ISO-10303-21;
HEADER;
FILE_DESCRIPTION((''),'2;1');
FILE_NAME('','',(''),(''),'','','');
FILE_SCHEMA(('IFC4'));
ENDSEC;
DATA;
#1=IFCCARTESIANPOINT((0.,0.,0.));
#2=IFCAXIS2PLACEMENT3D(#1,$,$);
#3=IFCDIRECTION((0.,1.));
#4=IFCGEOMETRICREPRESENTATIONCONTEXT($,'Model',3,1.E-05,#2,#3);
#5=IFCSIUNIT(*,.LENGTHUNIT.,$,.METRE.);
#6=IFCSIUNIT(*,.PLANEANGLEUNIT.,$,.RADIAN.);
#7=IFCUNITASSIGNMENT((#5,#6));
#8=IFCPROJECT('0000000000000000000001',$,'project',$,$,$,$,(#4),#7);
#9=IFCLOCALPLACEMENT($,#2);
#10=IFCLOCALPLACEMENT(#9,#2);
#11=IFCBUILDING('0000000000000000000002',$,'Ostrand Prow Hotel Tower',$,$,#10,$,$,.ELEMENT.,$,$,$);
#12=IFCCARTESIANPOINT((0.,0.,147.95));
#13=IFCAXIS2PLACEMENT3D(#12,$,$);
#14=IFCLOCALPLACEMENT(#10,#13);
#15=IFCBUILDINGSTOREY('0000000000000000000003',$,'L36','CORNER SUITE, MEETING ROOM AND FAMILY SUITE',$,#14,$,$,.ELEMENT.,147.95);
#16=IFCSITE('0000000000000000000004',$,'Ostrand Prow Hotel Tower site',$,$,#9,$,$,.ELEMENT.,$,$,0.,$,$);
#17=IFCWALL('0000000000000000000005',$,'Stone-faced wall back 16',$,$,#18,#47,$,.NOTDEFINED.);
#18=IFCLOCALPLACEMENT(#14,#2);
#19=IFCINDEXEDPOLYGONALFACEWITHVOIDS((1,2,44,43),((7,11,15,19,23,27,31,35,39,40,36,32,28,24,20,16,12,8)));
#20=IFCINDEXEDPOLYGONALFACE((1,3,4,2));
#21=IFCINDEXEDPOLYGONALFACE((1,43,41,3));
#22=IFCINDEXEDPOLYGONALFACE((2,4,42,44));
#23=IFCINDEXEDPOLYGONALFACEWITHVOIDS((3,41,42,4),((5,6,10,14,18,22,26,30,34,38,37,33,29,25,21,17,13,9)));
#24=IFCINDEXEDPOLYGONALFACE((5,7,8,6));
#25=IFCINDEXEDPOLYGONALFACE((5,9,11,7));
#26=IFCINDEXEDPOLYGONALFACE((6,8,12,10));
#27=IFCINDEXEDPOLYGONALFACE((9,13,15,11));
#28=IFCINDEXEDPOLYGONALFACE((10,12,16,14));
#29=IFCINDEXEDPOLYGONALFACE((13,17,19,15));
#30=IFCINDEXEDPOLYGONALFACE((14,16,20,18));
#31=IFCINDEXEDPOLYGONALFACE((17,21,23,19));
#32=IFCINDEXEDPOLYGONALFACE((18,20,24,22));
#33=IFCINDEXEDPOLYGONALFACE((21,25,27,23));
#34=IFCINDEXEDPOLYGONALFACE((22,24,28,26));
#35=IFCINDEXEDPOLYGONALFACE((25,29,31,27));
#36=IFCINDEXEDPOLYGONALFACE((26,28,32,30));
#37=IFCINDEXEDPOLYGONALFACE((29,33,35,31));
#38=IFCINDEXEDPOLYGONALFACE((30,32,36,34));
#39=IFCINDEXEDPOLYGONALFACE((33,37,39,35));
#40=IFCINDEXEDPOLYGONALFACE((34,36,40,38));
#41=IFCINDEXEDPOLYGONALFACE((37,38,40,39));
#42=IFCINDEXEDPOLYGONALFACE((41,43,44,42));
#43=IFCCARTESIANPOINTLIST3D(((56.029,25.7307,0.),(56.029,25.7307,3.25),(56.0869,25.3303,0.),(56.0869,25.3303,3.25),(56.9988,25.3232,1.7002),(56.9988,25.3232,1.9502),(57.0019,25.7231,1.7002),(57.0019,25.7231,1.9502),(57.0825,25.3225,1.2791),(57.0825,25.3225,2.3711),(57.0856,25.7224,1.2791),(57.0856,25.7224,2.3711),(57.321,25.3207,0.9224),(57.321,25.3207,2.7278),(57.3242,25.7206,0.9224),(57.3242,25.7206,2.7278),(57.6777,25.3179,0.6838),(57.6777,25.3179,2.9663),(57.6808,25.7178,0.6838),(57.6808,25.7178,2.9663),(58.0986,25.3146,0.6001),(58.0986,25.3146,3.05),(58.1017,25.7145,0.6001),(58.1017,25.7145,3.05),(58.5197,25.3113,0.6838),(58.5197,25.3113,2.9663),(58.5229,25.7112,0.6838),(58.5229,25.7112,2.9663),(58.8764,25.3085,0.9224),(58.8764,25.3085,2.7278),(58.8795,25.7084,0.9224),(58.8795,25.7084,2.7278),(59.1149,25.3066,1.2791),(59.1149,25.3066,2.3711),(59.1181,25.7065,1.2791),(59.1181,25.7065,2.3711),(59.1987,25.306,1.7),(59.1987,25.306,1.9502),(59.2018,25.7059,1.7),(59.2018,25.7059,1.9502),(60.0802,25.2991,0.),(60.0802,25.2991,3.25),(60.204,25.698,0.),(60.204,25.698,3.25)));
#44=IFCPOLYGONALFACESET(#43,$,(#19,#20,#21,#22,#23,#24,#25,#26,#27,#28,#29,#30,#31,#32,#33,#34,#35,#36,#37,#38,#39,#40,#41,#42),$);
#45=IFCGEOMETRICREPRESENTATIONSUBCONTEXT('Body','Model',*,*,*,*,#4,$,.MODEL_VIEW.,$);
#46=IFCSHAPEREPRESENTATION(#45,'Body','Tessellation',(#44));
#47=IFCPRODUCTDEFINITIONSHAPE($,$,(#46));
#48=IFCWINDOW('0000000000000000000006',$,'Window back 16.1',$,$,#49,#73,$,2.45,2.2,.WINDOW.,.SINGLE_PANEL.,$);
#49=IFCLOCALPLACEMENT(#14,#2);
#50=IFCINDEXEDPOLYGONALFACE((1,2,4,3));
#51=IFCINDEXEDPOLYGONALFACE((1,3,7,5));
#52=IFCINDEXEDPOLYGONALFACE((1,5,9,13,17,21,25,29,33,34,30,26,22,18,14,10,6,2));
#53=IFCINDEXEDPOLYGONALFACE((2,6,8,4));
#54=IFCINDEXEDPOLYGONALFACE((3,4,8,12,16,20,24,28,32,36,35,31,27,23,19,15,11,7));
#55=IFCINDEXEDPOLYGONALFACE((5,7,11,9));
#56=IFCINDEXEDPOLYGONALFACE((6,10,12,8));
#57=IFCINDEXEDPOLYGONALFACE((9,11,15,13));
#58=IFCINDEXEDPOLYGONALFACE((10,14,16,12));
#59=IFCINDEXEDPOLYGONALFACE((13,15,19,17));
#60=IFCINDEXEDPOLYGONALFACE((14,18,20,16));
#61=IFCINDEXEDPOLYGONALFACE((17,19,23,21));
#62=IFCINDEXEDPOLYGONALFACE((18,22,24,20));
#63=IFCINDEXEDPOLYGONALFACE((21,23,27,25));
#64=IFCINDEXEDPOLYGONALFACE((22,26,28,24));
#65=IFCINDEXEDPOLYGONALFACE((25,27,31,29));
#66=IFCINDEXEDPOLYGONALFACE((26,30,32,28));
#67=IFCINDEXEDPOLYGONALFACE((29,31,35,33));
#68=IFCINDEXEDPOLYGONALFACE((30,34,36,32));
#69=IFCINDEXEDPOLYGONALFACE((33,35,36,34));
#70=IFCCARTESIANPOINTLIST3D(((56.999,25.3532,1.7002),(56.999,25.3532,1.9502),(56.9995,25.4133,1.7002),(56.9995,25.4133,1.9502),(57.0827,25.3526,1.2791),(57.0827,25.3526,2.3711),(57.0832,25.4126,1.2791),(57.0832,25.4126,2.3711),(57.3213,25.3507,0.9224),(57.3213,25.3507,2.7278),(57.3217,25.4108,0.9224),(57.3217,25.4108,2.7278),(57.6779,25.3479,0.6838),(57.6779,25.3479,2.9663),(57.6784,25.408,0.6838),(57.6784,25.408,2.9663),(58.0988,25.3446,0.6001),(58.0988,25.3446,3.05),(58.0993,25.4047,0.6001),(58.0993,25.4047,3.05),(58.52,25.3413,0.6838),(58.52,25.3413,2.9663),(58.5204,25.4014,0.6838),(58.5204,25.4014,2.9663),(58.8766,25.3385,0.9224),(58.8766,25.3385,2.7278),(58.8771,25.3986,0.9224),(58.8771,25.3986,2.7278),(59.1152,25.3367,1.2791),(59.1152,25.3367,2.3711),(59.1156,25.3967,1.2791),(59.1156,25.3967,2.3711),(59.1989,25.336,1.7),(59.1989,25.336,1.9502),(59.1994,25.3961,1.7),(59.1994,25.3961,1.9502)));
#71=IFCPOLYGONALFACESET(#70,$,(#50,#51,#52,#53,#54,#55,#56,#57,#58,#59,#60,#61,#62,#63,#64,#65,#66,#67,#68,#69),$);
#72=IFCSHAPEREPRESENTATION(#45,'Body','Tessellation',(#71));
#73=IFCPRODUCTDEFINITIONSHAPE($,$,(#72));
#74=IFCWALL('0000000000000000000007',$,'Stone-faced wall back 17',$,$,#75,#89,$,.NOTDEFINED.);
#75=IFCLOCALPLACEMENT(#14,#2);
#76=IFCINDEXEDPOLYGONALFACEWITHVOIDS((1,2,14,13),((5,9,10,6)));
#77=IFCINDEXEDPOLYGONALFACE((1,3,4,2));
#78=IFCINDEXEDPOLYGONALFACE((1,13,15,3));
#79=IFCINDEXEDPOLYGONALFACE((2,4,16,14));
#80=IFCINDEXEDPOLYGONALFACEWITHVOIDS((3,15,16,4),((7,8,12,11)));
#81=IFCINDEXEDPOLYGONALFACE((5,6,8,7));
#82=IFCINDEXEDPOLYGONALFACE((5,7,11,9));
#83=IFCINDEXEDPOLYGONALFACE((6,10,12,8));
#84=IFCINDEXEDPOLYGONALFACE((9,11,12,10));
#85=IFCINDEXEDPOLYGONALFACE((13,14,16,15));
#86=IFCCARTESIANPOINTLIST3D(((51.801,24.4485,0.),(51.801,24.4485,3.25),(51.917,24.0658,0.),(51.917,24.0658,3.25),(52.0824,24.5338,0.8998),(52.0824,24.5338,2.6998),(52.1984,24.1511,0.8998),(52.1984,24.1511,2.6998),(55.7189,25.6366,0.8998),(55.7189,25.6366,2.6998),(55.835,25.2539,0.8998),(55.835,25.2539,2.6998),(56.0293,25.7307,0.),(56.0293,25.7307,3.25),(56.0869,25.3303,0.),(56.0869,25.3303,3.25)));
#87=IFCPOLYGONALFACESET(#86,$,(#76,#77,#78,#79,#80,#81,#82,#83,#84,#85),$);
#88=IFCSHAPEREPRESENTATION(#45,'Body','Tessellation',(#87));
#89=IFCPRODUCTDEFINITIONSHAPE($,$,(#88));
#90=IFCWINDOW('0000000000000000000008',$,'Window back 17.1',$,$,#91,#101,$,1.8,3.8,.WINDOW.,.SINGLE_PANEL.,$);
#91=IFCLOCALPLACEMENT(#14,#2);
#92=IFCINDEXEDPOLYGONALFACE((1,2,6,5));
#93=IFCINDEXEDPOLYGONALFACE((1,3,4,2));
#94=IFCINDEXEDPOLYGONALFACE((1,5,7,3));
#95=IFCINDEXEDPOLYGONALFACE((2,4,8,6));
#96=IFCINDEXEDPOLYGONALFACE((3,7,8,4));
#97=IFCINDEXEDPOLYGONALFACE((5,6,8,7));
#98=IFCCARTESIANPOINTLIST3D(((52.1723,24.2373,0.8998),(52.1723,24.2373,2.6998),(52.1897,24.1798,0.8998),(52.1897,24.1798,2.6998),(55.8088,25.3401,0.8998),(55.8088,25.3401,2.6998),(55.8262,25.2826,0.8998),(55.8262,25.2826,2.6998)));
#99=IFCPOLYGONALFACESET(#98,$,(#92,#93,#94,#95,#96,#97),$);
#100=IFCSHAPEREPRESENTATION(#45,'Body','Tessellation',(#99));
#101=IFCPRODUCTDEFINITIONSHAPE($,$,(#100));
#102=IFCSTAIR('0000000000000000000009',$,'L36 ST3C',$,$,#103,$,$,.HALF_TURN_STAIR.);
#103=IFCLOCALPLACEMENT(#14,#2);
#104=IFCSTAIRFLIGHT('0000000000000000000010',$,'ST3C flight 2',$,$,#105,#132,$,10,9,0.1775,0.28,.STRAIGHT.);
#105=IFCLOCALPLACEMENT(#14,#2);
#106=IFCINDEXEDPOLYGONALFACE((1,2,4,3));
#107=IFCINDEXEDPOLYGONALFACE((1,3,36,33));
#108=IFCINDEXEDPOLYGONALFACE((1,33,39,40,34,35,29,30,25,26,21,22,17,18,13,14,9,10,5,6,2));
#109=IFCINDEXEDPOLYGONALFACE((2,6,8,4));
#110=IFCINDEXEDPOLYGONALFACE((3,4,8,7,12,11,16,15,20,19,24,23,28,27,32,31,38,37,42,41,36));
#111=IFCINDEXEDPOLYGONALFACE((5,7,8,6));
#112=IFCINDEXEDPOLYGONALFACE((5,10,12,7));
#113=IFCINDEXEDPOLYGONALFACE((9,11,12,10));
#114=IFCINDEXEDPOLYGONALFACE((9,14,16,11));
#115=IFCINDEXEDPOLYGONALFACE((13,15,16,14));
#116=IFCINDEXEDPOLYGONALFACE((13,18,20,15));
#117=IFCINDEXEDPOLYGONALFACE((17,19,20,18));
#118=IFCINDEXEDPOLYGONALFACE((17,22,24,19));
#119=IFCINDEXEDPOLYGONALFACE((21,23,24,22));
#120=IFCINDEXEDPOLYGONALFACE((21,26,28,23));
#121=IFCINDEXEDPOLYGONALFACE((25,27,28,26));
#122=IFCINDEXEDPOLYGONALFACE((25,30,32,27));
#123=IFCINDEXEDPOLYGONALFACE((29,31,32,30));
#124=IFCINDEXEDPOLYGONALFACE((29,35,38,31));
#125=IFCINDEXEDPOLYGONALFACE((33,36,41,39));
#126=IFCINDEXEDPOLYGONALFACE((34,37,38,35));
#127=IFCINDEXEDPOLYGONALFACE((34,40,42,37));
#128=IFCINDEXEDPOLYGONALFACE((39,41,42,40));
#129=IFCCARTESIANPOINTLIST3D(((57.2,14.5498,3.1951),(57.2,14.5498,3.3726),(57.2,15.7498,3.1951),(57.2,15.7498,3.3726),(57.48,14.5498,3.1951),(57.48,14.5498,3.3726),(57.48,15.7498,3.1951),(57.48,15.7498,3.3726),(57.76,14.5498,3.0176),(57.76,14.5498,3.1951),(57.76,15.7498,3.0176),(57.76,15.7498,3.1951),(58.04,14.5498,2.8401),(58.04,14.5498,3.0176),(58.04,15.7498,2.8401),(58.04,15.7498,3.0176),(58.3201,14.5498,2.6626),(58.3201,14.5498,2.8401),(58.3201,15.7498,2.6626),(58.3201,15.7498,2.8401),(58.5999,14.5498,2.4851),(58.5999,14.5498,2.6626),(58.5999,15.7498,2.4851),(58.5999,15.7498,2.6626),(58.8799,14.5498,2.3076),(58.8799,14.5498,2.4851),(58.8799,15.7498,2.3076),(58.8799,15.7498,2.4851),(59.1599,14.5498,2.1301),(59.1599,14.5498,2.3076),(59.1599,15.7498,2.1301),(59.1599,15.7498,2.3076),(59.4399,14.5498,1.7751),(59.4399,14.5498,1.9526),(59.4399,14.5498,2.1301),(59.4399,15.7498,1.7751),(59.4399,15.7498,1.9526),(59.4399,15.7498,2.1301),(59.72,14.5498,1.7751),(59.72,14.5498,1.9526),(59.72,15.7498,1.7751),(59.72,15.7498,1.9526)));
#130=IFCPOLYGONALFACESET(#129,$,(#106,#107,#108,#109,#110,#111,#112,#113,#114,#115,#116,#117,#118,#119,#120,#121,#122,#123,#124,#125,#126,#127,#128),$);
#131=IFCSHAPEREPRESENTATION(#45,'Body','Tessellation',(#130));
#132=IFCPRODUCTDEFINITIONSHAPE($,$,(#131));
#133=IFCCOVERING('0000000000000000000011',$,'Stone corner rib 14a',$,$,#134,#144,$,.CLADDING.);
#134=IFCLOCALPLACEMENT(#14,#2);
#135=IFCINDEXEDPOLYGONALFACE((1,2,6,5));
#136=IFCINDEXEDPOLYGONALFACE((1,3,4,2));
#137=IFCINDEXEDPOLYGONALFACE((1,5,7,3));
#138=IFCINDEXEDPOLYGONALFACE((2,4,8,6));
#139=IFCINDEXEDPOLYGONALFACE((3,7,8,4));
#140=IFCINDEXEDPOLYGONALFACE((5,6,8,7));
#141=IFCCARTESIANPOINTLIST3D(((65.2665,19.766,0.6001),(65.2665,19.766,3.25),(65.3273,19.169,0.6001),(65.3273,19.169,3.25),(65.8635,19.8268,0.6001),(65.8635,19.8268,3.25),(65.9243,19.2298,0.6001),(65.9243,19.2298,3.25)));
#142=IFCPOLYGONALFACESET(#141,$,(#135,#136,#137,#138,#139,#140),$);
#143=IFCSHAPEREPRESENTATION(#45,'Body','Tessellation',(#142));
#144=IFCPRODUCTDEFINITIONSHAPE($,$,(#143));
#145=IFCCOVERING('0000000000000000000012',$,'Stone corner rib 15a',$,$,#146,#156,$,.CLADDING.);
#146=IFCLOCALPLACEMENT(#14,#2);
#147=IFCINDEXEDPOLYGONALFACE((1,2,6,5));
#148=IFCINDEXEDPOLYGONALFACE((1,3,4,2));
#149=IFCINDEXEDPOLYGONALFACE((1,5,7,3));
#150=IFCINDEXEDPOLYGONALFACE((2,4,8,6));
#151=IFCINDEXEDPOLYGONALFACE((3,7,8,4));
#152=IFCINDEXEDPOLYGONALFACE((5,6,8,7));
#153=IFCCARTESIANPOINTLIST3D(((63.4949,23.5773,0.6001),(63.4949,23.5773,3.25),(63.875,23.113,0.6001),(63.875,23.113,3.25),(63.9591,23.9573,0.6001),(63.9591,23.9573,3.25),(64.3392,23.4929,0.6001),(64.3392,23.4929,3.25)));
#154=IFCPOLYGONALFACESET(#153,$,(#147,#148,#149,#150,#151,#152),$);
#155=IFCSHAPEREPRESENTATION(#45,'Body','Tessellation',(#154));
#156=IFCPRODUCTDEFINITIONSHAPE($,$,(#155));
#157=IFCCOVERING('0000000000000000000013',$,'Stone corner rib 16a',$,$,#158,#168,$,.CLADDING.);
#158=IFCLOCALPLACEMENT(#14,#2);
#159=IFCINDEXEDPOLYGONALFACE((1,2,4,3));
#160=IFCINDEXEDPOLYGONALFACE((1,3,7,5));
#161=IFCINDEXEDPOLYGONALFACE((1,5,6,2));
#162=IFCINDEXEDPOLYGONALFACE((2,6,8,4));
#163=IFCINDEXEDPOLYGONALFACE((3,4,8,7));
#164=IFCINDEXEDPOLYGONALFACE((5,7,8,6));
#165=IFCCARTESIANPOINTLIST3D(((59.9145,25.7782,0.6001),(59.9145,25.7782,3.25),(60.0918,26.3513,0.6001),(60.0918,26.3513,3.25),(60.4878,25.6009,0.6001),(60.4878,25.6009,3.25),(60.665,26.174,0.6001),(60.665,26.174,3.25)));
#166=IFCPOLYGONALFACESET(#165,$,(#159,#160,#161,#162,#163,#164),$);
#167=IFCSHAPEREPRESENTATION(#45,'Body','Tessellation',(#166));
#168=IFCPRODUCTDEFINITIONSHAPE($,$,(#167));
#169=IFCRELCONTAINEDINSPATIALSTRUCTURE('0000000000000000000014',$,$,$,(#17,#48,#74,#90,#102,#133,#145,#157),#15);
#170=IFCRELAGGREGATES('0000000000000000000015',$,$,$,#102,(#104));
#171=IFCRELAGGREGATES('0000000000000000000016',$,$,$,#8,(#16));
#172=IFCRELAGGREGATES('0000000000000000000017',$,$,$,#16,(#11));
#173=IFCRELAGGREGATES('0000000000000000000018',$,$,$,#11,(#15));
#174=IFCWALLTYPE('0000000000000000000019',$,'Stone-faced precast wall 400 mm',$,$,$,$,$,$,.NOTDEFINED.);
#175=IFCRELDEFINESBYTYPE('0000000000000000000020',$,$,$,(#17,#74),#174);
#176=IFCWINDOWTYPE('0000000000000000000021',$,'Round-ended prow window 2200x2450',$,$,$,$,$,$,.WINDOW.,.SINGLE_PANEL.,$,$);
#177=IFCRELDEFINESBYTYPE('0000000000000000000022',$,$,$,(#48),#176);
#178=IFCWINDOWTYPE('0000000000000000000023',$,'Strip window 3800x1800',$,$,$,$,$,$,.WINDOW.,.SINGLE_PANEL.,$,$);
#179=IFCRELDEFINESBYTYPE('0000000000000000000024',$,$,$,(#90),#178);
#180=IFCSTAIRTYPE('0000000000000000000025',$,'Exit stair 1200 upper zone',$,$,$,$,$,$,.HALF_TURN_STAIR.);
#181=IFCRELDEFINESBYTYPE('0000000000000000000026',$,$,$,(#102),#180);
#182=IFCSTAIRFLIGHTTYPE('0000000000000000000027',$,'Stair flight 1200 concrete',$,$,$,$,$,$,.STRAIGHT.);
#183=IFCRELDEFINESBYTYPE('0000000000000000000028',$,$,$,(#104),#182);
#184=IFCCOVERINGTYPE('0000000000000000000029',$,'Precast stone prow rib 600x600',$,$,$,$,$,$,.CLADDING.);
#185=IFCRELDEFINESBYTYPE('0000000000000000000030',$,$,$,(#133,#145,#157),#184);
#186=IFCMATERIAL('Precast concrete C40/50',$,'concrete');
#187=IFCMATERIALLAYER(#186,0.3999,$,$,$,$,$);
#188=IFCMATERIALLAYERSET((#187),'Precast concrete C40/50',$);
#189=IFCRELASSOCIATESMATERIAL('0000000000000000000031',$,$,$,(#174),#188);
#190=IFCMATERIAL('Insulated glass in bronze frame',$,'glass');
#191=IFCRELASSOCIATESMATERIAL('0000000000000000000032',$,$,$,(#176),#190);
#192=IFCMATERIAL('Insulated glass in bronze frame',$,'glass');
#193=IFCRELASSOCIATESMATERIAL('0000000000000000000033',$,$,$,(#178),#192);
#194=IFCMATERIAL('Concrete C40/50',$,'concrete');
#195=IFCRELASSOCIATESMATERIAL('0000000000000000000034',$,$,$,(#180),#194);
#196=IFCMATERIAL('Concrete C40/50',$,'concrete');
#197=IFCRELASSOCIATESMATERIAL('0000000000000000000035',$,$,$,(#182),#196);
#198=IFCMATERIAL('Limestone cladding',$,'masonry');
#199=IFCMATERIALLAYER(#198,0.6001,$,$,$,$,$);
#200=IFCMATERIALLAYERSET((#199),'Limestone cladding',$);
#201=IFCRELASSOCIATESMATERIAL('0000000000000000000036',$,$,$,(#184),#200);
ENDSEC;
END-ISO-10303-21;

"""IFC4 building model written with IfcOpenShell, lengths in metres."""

from ifc_helpers import new_model, si_unit, direction, frame, frame_2d, origin, place, context, subcontext, project, spatial, polyline, rectangle, outline, extrude, material, layer, layer_set, type_object, element, fill, aggregate, save


model = new_model("IFC4")

# Units and contexts
model_context = context("Model", 3, precision=1e-05, world=origin(), true_north=direction((0.0, 1.0)))
body_context = subcontext(model_context, "Body", "Model", "MODEL_VIEW")
ifc_project = project(units=[si_unit("LENGTHUNIT", "METRE"), si_unit("PLANEANGLEUNIT", "RADIAN")], contexts=[model_context])

# Site, building, storey
site_placement = place(None, origin())
site = spatial("IfcSite", under=ifc_project, at=site_placement, Name="Ostrand Prow Hotel Tower site", CompositionType="ELEMENT", RefElevation=0.0)
building_placement = place(site_placement, origin())
building = spatial("IfcBuilding", under=site, at=building_placement, Name="Ostrand Prow Hotel Tower", CompositionType="ELEMENT")
storey_placement = place(building_placement, frame((0.0, 0.0, 147.95)))
storey = spatial("IfcBuildingStorey", under=building, at=storey_placement, Name="L36", Description="CORNER SUITE, MEETING ROOM AND FAMILY SUITE", CompositionType="ELEMENT", Elevation=147.95)

# Shared definitions
ifc_material_1 = material(Name="Precast concrete C40/50", Category="concrete")
ifc_layer_1 = layer(ifc_material_1, 0.3999)
ifc_layer_set_1 = layer_set([ifc_layer_1], Name="Precast concrete C40/50")
wall_type_1 = type_object("IfcWallType", Name="Stone-faced precast wall 400 mm", PredefinedType="NOTDEFINED", material=ifc_layer_set_1)

# Walls, openings, windows
ifc_material_2 = material(Name="Insulated glass in bronze frame", Category="glass")
window_type_1 = type_object("IfcWindowType", Name="Round-ended prow window 2200x2450", PartitioningType="SINGLE_PANEL", PredefinedType="WINDOW", material=ifc_material_2)
wall_1_placement = place(storey_placement, frame((60.1421, 25.4985, 0.0), z_axis=(0.0, 0.0, 1.0), x_axis=(-0.999969, 0.007831, 0.0)))
wall_1 = element("IfcWall", 1, at=wall_1_placement, inside=storey, type_object=wall_type_1, Name="Stone-faced wall back 16", PredefinedType="NOTDEFINED", context=body_context, shape_type="SweptSolid", body=[
    extrude(outline(polyline([(-0.0603, -0.2), (4.1147, -0.2), (4.0537, 0.2), (0.0603, 0.2), (-0.0603, -0.2)])), origin(), (0.0, 0.0, 1.0), 3.25),
])
opening_1_placement = place(wall_1_placement, frame((0.9419, 0.0, 0.6001)))
opening_1 = element("IfcOpeningElement", 2, at=opening_1_placement, cuts=wall_1, PredefinedType="OPENING", context=body_context, shape_type="SweptSolid", body=[
    extrude(outline(polyline([(0.0, 1.3501), (0.0837, 1.771), (0.3223, 2.1277), (0.679, 2.3662), (1.1001, 2.45), (1.521, 2.3662), (1.8777, 2.1277), (2.1162, 1.771), (2.2, 1.3501), (2.2, 1.1001), (2.1162, 0.679), (1.8777, 0.3223), (1.521, 0.0837), (1.1001, 0.0), (0.679, 0.0837), (0.3223, 0.3223), (0.0837, 0.679), (0.0, 1.0999), (0.0, 1.3501)])), frame((0.0, 0.21, 0.0), z_axis=(0.0, -1.0, 0.0), x_axis=(1.0, 0.0, 0.0)), (0.0, 0.0, 1.0), 0.4199),
])
window_1_placement = place(opening_1_placement, origin())
window_1 = element("IfcWindow", 3, at=window_1_placement, inside=storey, type_object=window_type_1, Name="Window back 16.1", OverallHeight=2.45, OverallWidth=2.2, PartitioningType="SINGLE_PANEL", PredefinedType="WINDOW", context=body_context, shape_type="SweptSolid", body=[
    extrude(outline(polyline([(0.0, 1.3501), (0.0837, 1.771), (0.3223, 2.1277), (0.679, 2.3662), (1.1001, 2.45), (1.521, 2.3662), (1.8777, 2.1277), (2.1162, 1.771), (2.2, 1.3501), (2.2, 1.1001), (2.1162, 0.679), (1.8777, 0.3223), (1.521, 0.0837), (1.1001, 0.0), (0.679, 0.0837), (0.3223, 0.3223), (0.0837, 0.679), (0.0, 1.0999), (0.0, 1.3501)])), frame((0.0, 0.1699, 0.0), z_axis=(0.0, -1.0, 0.0), x_axis=(1.0, 0.0, 0.0)), (0.0, 0.0, 1.0), 0.0601),
])
fill(opening_1, window_1)
wall_2_placement = place(storey_placement, frame((56.0581, 25.5305, 0.0), z_axis=(0.0, 0.0, 1.0), x_axis=(-0.956964, -0.290205, 0.0)))
wall_2 = element("IfcWall", 4, at=wall_2_placement, inside=storey, type_object=wall_type_1, Name="Stone-faced wall back 17", PredefinedType="NOTDEFINED", context=body_context, shape_type="SweptSolid", body=[
    extrude(outline(polyline([(-0.0305, -0.2), (4.3879, -0.2), (4.3879, 0.2), (0.0305, 0.2), (-0.0305, -0.2)])), origin(), (0.0, 0.0, 1.0), 3.25),
])
opening_2_placement = place(wall_2_placement, frame((0.2939, 0.0, 0.8999)))
opening_2 = element("IfcOpeningElement", 5, at=opening_2_placement, cuts=wall_2, PredefinedType="OPENING", context=body_context, shape_type="SweptSolid", body=[
    extrude(rectangle(XDim=3.8, YDim=1.8, at=frame_2d((1.8999, 0.8999))), frame((0.0, 0.21, 0.0), z_axis=(0.0, -1.0, 0.0), x_axis=(1.0, 0.0, 0.0)), (0.0, 0.0, 1.0), 0.4199),
])
ifc_material_3 = material(Name="Insulated glass in bronze frame", Category="glass")
window_type_2 = type_object("IfcWindowType", Name="Strip window 3800x1800", PartitioningType="SINGLE_PANEL", PredefinedType="WINDOW", material=ifc_material_3)
window_2_placement = place(opening_2_placement, origin())
window_2 = element("IfcWindow", 6, at=window_2_placement, inside=storey, type_object=window_type_2, Name="Window back 17.1", OverallHeight=1.8, OverallWidth=3.8, PartitioningType="SINGLE_PANEL", PredefinedType="WINDOW", context=body_context, shape_type="SweptSolid", body=[
    extrude(rectangle(XDim=3.8, YDim=1.8, at=frame_2d((1.8999, 0.8999))), frame((0.0, 0.1699, 0.0), z_axis=(0.0, -1.0, 0.0), x_axis=(1.0, 0.0, 0.0)), (0.0, 0.0, 1.0), 0.0601),
])
fill(opening_2, window_2)

# Stair, stair flight
ifc_material_4 = material(Name="Concrete C40/50", Category="concrete")
stair_type = type_object("IfcStairType", Name="Exit stair 1200 upper zone", PredefinedType="HALF_TURN_STAIR", material=ifc_material_4)
stair_placement = place(storey_placement, origin())
stair = element("IfcStair", 7, at=stair_placement, inside=storey, type_object=stair_type, Name="L36 ST3C", PredefinedType="HALF_TURN_STAIR")
ifc_material_5 = material(Name="Concrete C40/50", Category="concrete")
stair_flight_type = type_object("IfcStairFlightType", Name="Stair flight 1200 concrete", PredefinedType="STRAIGHT", material=ifc_material_5)
stair_flight_placement = place(storey_placement, frame((59.72, 15.1499, 1.7751), z_axis=(0.0, 0.0, 1.0), x_axis=(-1.0, 0.0, 0.0)))
stair_flight = element("IfcStairFlight", 8, at=stair_flight_placement, type_object=stair_flight_type, Name="ST3C flight 2", NumberOfRisers=10, NumberOfTreads=9, PredefinedType="STRAIGHT", RiserHeight=0.1775, TreadLength=0.28, context=body_context, shape_type="SweptSolid", body=[
    extrude(outline(polyline([(0.0, 0.0), (0.0, 0.1775), (0.28, 0.1775), (0.28, 0.355), (0.5601, 0.355), (0.5601, 0.5325), (0.8401, 0.5325), (0.8401, 0.71), (1.1201, 0.71), (1.1201, 0.8875), (1.3999, 0.8875), (1.3999, 1.0649), (1.6799, 1.0649), (1.6799, 1.2424), (1.96, 1.2424), (1.96, 1.4199), (2.24, 1.4199), (2.24, 1.5974), (2.52, 1.5974), (2.52, 1.7749), (2.52, 1.4199), (0.28, 0.0), (0.0, 0.0)])), frame((0.0, 0.6001, 0.0), z_axis=(0.0, -1.0, 0.0), x_axis=(1.0, 0.0, 0.0)), (0.0, 0.0, 1.0), 1.2),
])
aggregate(stair, [stair_flight])

# Coverings
ifc_material_6 = material(Name="Limestone cladding", Category="masonry")
ifc_layer_2 = layer(ifc_material_6, 0.6001)
ifc_layer_set_2 = layer_set([ifc_layer_2], Name="Limestone cladding")
covering_type = type_object("IfcCoveringType", Name="Precast stone prow rib 600x600", PredefinedType="CLADDING", material=ifc_layer_set_2)
covering_1_placement = place(storey_placement, frame((65.2969, 19.4675, 0.6001), z_axis=(0.0, 0.0, 1.0), x_axis=(0.994854, 0.101316, 0.0)))
element("IfcCovering", 9, at=covering_1_placement, inside=storey, type_object=covering_type, Name="Stone corner rib 14a", PredefinedType="CLADDING", context=body_context, shape_type="SweptSolid", body=[
    extrude(rectangle(XDim=0.6001, YDim=0.6001, at=frame_2d((0.3, 0.0))), origin(), (0.0, 0.0, 1.0), 2.6499),
])
for number, where, z_axis, x_axis, name in (
    (10, (63.6851, 23.3452, 0.6001), (0.0, 0.0, 1.0), (0.77383, 0.633393, 0.0), "Stone corner rib 15a"),
    (11, (60.2012, 25.6897, 0.6001), (0.0, 0.0, 1.0), (0.295516, 0.955338, 0.0), "Stone corner rib 16a"),
):
    element("IfcCovering", number, at=place(storey_placement, frame(where, z_axis=z_axis, x_axis=x_axis)), inside=storey, type_object=covering_type, Name=name, PredefinedType="CLADDING", context=body_context, shape_type="SweptSolid", body=[
        extrude(rectangle(XDim=0.5999, YDim=0.6001, at=frame_2d((0.2998, 0.0))), origin(), (0.0, 0.0, 1.0), 2.6499),
    ])

save(model, "model.ifc")
